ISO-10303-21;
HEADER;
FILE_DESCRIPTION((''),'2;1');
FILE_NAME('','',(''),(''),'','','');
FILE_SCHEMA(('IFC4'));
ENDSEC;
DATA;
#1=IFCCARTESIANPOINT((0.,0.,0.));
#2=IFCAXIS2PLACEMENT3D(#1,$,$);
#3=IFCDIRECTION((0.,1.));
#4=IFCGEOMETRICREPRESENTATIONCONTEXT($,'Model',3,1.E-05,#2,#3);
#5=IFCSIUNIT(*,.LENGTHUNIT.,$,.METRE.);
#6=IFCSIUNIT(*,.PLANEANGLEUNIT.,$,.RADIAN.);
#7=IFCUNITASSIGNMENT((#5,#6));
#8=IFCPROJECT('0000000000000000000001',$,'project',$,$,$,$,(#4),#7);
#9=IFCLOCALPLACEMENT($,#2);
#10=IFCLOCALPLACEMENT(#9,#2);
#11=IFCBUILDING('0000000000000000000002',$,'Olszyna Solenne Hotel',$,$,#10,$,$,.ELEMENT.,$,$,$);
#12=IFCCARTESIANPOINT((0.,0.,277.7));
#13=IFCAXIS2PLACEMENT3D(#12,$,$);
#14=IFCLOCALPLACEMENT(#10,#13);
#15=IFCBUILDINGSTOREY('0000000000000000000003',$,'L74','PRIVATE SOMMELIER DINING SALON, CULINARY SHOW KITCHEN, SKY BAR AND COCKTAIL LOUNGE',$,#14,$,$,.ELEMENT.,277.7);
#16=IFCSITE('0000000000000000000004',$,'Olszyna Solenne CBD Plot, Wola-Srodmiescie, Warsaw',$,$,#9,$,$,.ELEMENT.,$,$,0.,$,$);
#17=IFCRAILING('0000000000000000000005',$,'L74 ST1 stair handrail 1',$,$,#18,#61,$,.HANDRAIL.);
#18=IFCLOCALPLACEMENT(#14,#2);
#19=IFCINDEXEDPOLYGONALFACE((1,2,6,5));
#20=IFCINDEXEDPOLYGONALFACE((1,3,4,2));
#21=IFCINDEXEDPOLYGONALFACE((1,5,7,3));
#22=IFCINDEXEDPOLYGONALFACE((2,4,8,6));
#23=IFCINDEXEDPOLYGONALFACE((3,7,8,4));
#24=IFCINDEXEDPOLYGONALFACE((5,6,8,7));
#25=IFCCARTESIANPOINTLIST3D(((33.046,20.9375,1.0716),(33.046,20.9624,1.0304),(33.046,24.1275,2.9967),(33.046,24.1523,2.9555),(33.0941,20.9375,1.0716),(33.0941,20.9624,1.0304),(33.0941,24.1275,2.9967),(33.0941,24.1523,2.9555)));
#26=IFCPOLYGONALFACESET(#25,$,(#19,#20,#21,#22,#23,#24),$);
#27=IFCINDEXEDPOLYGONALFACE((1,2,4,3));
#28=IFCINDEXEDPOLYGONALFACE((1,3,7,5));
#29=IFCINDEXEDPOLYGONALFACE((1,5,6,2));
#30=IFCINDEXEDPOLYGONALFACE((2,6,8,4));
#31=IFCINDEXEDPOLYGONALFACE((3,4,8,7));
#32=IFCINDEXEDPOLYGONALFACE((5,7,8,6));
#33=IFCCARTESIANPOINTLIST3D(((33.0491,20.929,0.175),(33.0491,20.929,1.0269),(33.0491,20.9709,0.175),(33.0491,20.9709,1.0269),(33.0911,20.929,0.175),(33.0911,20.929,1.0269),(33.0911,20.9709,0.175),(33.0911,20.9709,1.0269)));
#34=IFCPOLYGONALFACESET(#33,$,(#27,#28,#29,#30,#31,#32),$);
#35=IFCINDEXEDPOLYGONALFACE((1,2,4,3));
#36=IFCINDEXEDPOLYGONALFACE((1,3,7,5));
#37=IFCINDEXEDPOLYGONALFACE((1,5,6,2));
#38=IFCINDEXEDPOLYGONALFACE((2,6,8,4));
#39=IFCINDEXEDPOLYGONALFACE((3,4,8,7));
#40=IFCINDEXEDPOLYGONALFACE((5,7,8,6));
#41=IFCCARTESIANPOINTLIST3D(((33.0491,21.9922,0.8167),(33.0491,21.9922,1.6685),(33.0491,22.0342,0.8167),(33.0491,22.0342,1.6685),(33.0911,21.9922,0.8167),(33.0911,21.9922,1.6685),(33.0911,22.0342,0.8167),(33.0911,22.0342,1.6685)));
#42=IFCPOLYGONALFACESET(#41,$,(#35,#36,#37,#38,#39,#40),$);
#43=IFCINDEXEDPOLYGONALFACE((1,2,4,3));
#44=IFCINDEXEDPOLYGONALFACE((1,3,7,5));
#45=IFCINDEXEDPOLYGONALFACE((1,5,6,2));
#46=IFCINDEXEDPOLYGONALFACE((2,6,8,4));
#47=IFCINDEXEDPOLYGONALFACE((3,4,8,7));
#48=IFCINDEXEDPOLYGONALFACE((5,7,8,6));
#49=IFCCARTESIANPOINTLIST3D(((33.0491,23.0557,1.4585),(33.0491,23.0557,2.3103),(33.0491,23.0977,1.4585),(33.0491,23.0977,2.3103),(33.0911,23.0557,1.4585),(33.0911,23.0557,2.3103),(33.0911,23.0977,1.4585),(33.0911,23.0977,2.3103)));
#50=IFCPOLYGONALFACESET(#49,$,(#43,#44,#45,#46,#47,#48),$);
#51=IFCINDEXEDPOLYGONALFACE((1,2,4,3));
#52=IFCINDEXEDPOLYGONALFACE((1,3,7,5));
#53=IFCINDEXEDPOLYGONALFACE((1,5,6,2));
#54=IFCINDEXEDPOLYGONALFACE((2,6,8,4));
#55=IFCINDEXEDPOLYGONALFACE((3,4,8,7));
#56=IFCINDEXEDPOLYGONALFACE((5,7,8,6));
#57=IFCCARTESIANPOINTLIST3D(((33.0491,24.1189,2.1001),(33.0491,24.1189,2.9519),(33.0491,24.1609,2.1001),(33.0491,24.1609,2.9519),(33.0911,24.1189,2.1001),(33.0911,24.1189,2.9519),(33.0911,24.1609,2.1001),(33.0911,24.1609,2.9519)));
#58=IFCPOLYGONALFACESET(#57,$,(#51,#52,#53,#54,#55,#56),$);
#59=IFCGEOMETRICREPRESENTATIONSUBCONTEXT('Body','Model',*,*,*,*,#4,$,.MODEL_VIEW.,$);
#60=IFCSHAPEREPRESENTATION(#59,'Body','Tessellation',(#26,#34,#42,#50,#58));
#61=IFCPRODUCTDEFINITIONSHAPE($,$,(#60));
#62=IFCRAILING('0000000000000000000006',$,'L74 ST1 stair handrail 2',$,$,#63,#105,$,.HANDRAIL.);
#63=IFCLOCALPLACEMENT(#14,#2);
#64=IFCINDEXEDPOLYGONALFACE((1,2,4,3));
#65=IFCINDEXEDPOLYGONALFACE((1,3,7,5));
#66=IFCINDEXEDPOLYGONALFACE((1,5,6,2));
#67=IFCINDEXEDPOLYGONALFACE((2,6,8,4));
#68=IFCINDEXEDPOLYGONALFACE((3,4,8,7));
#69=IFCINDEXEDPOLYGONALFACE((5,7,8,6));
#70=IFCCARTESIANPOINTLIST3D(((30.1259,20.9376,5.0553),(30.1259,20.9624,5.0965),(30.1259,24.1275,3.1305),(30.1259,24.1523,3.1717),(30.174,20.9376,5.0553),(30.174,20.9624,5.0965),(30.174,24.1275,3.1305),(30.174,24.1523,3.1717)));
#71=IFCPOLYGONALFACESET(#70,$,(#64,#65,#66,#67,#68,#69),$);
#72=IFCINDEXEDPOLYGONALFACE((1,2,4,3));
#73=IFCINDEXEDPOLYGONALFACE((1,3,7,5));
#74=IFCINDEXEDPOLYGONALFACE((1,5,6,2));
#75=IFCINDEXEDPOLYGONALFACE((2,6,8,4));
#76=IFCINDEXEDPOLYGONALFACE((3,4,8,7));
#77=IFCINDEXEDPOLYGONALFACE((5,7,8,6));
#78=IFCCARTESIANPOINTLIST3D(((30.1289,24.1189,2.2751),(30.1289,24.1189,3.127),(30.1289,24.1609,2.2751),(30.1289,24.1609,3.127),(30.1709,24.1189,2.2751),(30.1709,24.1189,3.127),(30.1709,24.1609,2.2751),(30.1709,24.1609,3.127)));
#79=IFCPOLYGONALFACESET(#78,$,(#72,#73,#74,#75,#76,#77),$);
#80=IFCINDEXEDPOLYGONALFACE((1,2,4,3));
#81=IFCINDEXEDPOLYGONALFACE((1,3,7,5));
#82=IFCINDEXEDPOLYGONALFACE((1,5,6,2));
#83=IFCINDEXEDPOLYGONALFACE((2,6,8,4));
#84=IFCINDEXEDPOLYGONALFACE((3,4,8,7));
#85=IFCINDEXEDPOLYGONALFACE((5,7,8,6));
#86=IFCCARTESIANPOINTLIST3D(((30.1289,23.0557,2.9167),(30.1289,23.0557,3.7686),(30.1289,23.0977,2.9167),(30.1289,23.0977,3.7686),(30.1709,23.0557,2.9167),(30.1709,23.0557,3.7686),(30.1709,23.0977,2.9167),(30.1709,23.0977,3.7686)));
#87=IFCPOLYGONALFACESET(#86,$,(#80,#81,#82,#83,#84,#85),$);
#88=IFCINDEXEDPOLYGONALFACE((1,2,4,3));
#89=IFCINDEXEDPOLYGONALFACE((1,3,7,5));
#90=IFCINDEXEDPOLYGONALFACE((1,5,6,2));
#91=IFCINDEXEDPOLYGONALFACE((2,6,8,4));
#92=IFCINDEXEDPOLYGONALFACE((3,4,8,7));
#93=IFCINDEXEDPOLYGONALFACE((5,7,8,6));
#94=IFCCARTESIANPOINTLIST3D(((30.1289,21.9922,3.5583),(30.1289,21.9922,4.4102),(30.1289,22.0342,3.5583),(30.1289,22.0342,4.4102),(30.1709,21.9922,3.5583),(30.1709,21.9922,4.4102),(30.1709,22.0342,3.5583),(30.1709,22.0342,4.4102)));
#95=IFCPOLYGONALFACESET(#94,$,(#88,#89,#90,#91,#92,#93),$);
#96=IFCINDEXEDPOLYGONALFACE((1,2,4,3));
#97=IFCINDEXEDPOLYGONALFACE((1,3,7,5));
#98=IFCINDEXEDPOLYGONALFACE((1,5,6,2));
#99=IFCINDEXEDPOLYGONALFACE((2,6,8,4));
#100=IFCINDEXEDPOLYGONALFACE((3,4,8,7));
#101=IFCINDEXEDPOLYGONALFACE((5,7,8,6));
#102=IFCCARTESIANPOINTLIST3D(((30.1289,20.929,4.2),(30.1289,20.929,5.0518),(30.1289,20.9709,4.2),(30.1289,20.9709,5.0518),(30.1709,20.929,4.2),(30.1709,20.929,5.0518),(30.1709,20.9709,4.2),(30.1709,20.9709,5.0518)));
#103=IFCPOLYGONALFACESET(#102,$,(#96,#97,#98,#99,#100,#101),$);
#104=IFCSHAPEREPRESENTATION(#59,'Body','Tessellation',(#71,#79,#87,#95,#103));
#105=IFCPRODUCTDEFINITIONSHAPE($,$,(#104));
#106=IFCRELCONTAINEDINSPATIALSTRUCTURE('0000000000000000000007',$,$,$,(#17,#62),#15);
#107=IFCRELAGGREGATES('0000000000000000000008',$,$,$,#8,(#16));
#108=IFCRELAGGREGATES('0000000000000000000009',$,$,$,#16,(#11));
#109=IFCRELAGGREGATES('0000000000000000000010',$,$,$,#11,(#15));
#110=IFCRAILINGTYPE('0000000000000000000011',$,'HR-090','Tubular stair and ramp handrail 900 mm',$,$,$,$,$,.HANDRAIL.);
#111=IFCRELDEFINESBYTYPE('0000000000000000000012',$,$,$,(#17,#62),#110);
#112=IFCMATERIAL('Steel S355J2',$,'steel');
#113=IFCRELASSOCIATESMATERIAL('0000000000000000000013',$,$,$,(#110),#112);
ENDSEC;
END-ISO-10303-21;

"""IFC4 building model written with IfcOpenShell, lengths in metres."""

from ifc_helpers import new_model, si_unit, direction, frame, origin, origin_2d, place, context, subcontext, project, spatial, rectangle, extrude, material, type_object, element, save


model = new_model("IFC4")

# Units and contexts
model_context = context("Model", 3, precision=1e-05, world=origin(), true_north=direction((0.0, 1.0)))
body_context = subcontext(model_context, "Body", "Model", "MODEL_VIEW")
ifc_project = project(units=[si_unit("LENGTHUNIT", "METRE"), si_unit("PLANEANGLEUNIT", "RADIAN")], contexts=[model_context])

# Site, building, storey
site_placement = place(None, origin())
site = spatial("IfcSite", under=ifc_project, at=site_placement, Name="Olszyna Solenne CBD Plot, Wola-Srodmiescie, Warsaw", CompositionType="ELEMENT", RefElevation=0.0)
building_placement = place(site_placement, origin())
building = spatial("IfcBuilding", under=site, at=building_placement, Name="Olszyna Solenne Hotel", CompositionType="ELEMENT")
storey_placement = place(building_placement, frame((0.0, 0.0, 277.7)))
storey = spatial("IfcBuildingStorey", under=building, at=storey_placement, Name="L74", Description="PRIVATE SOMMELIER DINING SALON, CULINARY SHOW KITCHEN, SKY BAR AND COCKTAIL LOUNGE", CompositionType="ELEMENT", Elevation=277.7)

# Shared definitions
ifc_material_1 = material(Name="Steel S355J2", Category="steel")

# Railings
railing_type_1 = type_object("IfcRailingType", Name="HR-090", Description="Tubular stair and ramp handrail 900 mm", PredefinedType="HANDRAIL", material=ifc_material_1)
railing_1_placement = place(storey_placement, frame((33.0701, 20.95, 0.175)))
element("IfcRailing", 1, at=railing_1_placement, inside=storey, type_object=railing_type_1, Name="L74 ST1 stair handrail 1", PredefinedType="HANDRAIL", context=body_context, shape_type="SweptSolid", body=[
    extrude(rectangle(XDim=0.0481, YDim=0.0481, at=origin_2d()), frame((0.0, 0.0, 0.876), z_axis=(0.0, 0.856178, 0.516682), x_axis=(-1.0, 0.0, 0.0)), (0.0, 0.0, 1.0), 3.7258),
    extrude(rectangle(XDim=0.042, YDim=0.042, at=origin_2d()), origin(), (0.0, 0.0, 1.0), 0.8518),
    extrude(rectangle(XDim=0.042, YDim=0.042, at=origin_2d()), frame((0.0, 1.0632, 0.6416)), (0.0, 0.0, 1.0), 0.8518),
    extrude(rectangle(XDim=0.042, YDim=0.042, at=origin_2d()), frame((0.0, 2.1267, 1.2834)), (0.0, 0.0, 1.0), 0.8518),
    extrude(rectangle(XDim=0.042, YDim=0.042, at=origin_2d()), frame((0.0, 3.1899, 1.925)), (0.0, 0.0, 1.0), 0.8518),
])
railing_2_placement = place(storey_placement, frame((30.1499, 24.1399, 2.2751)))
element("IfcRailing", 2, at=railing_2_placement, inside=storey, type_object=railing_type_1, Name="L74 ST1 stair handrail 2", PredefinedType="HANDRAIL", context=body_context, shape_type="SweptSolid", body=[
    extrude(rectangle(XDim=0.0481, YDim=0.0481, at=origin_2d()), frame((0.0, 0.0, 0.876), z_axis=(0.0, -0.856207, 0.516633), x_axis=(1.0, 0.0, 0.0)), (0.0, 0.0, 1.0), 3.7256),
    extrude(rectangle(XDim=0.042, YDim=0.042, at=origin_2d()), origin(), (0.0, 0.0, 1.0), 0.8518),
    extrude(rectangle(XDim=0.042, YDim=0.042, at=origin_2d()), frame((0.0, -1.0632, 0.6416)), (0.0, 0.0, 1.0), 0.8518),
    extrude(rectangle(XDim=0.042, YDim=0.042, at=origin_2d()), frame((0.0, -2.1267, 1.2832)), (0.0, 0.0, 1.0), 0.8518),
    extrude(rectangle(XDim=0.042, YDim=0.042, at=origin_2d()), frame((0.0, -3.1899, 1.9248)), (0.0, 0.0, 1.0), 0.8518),
])

save(model, "model.ifc")
